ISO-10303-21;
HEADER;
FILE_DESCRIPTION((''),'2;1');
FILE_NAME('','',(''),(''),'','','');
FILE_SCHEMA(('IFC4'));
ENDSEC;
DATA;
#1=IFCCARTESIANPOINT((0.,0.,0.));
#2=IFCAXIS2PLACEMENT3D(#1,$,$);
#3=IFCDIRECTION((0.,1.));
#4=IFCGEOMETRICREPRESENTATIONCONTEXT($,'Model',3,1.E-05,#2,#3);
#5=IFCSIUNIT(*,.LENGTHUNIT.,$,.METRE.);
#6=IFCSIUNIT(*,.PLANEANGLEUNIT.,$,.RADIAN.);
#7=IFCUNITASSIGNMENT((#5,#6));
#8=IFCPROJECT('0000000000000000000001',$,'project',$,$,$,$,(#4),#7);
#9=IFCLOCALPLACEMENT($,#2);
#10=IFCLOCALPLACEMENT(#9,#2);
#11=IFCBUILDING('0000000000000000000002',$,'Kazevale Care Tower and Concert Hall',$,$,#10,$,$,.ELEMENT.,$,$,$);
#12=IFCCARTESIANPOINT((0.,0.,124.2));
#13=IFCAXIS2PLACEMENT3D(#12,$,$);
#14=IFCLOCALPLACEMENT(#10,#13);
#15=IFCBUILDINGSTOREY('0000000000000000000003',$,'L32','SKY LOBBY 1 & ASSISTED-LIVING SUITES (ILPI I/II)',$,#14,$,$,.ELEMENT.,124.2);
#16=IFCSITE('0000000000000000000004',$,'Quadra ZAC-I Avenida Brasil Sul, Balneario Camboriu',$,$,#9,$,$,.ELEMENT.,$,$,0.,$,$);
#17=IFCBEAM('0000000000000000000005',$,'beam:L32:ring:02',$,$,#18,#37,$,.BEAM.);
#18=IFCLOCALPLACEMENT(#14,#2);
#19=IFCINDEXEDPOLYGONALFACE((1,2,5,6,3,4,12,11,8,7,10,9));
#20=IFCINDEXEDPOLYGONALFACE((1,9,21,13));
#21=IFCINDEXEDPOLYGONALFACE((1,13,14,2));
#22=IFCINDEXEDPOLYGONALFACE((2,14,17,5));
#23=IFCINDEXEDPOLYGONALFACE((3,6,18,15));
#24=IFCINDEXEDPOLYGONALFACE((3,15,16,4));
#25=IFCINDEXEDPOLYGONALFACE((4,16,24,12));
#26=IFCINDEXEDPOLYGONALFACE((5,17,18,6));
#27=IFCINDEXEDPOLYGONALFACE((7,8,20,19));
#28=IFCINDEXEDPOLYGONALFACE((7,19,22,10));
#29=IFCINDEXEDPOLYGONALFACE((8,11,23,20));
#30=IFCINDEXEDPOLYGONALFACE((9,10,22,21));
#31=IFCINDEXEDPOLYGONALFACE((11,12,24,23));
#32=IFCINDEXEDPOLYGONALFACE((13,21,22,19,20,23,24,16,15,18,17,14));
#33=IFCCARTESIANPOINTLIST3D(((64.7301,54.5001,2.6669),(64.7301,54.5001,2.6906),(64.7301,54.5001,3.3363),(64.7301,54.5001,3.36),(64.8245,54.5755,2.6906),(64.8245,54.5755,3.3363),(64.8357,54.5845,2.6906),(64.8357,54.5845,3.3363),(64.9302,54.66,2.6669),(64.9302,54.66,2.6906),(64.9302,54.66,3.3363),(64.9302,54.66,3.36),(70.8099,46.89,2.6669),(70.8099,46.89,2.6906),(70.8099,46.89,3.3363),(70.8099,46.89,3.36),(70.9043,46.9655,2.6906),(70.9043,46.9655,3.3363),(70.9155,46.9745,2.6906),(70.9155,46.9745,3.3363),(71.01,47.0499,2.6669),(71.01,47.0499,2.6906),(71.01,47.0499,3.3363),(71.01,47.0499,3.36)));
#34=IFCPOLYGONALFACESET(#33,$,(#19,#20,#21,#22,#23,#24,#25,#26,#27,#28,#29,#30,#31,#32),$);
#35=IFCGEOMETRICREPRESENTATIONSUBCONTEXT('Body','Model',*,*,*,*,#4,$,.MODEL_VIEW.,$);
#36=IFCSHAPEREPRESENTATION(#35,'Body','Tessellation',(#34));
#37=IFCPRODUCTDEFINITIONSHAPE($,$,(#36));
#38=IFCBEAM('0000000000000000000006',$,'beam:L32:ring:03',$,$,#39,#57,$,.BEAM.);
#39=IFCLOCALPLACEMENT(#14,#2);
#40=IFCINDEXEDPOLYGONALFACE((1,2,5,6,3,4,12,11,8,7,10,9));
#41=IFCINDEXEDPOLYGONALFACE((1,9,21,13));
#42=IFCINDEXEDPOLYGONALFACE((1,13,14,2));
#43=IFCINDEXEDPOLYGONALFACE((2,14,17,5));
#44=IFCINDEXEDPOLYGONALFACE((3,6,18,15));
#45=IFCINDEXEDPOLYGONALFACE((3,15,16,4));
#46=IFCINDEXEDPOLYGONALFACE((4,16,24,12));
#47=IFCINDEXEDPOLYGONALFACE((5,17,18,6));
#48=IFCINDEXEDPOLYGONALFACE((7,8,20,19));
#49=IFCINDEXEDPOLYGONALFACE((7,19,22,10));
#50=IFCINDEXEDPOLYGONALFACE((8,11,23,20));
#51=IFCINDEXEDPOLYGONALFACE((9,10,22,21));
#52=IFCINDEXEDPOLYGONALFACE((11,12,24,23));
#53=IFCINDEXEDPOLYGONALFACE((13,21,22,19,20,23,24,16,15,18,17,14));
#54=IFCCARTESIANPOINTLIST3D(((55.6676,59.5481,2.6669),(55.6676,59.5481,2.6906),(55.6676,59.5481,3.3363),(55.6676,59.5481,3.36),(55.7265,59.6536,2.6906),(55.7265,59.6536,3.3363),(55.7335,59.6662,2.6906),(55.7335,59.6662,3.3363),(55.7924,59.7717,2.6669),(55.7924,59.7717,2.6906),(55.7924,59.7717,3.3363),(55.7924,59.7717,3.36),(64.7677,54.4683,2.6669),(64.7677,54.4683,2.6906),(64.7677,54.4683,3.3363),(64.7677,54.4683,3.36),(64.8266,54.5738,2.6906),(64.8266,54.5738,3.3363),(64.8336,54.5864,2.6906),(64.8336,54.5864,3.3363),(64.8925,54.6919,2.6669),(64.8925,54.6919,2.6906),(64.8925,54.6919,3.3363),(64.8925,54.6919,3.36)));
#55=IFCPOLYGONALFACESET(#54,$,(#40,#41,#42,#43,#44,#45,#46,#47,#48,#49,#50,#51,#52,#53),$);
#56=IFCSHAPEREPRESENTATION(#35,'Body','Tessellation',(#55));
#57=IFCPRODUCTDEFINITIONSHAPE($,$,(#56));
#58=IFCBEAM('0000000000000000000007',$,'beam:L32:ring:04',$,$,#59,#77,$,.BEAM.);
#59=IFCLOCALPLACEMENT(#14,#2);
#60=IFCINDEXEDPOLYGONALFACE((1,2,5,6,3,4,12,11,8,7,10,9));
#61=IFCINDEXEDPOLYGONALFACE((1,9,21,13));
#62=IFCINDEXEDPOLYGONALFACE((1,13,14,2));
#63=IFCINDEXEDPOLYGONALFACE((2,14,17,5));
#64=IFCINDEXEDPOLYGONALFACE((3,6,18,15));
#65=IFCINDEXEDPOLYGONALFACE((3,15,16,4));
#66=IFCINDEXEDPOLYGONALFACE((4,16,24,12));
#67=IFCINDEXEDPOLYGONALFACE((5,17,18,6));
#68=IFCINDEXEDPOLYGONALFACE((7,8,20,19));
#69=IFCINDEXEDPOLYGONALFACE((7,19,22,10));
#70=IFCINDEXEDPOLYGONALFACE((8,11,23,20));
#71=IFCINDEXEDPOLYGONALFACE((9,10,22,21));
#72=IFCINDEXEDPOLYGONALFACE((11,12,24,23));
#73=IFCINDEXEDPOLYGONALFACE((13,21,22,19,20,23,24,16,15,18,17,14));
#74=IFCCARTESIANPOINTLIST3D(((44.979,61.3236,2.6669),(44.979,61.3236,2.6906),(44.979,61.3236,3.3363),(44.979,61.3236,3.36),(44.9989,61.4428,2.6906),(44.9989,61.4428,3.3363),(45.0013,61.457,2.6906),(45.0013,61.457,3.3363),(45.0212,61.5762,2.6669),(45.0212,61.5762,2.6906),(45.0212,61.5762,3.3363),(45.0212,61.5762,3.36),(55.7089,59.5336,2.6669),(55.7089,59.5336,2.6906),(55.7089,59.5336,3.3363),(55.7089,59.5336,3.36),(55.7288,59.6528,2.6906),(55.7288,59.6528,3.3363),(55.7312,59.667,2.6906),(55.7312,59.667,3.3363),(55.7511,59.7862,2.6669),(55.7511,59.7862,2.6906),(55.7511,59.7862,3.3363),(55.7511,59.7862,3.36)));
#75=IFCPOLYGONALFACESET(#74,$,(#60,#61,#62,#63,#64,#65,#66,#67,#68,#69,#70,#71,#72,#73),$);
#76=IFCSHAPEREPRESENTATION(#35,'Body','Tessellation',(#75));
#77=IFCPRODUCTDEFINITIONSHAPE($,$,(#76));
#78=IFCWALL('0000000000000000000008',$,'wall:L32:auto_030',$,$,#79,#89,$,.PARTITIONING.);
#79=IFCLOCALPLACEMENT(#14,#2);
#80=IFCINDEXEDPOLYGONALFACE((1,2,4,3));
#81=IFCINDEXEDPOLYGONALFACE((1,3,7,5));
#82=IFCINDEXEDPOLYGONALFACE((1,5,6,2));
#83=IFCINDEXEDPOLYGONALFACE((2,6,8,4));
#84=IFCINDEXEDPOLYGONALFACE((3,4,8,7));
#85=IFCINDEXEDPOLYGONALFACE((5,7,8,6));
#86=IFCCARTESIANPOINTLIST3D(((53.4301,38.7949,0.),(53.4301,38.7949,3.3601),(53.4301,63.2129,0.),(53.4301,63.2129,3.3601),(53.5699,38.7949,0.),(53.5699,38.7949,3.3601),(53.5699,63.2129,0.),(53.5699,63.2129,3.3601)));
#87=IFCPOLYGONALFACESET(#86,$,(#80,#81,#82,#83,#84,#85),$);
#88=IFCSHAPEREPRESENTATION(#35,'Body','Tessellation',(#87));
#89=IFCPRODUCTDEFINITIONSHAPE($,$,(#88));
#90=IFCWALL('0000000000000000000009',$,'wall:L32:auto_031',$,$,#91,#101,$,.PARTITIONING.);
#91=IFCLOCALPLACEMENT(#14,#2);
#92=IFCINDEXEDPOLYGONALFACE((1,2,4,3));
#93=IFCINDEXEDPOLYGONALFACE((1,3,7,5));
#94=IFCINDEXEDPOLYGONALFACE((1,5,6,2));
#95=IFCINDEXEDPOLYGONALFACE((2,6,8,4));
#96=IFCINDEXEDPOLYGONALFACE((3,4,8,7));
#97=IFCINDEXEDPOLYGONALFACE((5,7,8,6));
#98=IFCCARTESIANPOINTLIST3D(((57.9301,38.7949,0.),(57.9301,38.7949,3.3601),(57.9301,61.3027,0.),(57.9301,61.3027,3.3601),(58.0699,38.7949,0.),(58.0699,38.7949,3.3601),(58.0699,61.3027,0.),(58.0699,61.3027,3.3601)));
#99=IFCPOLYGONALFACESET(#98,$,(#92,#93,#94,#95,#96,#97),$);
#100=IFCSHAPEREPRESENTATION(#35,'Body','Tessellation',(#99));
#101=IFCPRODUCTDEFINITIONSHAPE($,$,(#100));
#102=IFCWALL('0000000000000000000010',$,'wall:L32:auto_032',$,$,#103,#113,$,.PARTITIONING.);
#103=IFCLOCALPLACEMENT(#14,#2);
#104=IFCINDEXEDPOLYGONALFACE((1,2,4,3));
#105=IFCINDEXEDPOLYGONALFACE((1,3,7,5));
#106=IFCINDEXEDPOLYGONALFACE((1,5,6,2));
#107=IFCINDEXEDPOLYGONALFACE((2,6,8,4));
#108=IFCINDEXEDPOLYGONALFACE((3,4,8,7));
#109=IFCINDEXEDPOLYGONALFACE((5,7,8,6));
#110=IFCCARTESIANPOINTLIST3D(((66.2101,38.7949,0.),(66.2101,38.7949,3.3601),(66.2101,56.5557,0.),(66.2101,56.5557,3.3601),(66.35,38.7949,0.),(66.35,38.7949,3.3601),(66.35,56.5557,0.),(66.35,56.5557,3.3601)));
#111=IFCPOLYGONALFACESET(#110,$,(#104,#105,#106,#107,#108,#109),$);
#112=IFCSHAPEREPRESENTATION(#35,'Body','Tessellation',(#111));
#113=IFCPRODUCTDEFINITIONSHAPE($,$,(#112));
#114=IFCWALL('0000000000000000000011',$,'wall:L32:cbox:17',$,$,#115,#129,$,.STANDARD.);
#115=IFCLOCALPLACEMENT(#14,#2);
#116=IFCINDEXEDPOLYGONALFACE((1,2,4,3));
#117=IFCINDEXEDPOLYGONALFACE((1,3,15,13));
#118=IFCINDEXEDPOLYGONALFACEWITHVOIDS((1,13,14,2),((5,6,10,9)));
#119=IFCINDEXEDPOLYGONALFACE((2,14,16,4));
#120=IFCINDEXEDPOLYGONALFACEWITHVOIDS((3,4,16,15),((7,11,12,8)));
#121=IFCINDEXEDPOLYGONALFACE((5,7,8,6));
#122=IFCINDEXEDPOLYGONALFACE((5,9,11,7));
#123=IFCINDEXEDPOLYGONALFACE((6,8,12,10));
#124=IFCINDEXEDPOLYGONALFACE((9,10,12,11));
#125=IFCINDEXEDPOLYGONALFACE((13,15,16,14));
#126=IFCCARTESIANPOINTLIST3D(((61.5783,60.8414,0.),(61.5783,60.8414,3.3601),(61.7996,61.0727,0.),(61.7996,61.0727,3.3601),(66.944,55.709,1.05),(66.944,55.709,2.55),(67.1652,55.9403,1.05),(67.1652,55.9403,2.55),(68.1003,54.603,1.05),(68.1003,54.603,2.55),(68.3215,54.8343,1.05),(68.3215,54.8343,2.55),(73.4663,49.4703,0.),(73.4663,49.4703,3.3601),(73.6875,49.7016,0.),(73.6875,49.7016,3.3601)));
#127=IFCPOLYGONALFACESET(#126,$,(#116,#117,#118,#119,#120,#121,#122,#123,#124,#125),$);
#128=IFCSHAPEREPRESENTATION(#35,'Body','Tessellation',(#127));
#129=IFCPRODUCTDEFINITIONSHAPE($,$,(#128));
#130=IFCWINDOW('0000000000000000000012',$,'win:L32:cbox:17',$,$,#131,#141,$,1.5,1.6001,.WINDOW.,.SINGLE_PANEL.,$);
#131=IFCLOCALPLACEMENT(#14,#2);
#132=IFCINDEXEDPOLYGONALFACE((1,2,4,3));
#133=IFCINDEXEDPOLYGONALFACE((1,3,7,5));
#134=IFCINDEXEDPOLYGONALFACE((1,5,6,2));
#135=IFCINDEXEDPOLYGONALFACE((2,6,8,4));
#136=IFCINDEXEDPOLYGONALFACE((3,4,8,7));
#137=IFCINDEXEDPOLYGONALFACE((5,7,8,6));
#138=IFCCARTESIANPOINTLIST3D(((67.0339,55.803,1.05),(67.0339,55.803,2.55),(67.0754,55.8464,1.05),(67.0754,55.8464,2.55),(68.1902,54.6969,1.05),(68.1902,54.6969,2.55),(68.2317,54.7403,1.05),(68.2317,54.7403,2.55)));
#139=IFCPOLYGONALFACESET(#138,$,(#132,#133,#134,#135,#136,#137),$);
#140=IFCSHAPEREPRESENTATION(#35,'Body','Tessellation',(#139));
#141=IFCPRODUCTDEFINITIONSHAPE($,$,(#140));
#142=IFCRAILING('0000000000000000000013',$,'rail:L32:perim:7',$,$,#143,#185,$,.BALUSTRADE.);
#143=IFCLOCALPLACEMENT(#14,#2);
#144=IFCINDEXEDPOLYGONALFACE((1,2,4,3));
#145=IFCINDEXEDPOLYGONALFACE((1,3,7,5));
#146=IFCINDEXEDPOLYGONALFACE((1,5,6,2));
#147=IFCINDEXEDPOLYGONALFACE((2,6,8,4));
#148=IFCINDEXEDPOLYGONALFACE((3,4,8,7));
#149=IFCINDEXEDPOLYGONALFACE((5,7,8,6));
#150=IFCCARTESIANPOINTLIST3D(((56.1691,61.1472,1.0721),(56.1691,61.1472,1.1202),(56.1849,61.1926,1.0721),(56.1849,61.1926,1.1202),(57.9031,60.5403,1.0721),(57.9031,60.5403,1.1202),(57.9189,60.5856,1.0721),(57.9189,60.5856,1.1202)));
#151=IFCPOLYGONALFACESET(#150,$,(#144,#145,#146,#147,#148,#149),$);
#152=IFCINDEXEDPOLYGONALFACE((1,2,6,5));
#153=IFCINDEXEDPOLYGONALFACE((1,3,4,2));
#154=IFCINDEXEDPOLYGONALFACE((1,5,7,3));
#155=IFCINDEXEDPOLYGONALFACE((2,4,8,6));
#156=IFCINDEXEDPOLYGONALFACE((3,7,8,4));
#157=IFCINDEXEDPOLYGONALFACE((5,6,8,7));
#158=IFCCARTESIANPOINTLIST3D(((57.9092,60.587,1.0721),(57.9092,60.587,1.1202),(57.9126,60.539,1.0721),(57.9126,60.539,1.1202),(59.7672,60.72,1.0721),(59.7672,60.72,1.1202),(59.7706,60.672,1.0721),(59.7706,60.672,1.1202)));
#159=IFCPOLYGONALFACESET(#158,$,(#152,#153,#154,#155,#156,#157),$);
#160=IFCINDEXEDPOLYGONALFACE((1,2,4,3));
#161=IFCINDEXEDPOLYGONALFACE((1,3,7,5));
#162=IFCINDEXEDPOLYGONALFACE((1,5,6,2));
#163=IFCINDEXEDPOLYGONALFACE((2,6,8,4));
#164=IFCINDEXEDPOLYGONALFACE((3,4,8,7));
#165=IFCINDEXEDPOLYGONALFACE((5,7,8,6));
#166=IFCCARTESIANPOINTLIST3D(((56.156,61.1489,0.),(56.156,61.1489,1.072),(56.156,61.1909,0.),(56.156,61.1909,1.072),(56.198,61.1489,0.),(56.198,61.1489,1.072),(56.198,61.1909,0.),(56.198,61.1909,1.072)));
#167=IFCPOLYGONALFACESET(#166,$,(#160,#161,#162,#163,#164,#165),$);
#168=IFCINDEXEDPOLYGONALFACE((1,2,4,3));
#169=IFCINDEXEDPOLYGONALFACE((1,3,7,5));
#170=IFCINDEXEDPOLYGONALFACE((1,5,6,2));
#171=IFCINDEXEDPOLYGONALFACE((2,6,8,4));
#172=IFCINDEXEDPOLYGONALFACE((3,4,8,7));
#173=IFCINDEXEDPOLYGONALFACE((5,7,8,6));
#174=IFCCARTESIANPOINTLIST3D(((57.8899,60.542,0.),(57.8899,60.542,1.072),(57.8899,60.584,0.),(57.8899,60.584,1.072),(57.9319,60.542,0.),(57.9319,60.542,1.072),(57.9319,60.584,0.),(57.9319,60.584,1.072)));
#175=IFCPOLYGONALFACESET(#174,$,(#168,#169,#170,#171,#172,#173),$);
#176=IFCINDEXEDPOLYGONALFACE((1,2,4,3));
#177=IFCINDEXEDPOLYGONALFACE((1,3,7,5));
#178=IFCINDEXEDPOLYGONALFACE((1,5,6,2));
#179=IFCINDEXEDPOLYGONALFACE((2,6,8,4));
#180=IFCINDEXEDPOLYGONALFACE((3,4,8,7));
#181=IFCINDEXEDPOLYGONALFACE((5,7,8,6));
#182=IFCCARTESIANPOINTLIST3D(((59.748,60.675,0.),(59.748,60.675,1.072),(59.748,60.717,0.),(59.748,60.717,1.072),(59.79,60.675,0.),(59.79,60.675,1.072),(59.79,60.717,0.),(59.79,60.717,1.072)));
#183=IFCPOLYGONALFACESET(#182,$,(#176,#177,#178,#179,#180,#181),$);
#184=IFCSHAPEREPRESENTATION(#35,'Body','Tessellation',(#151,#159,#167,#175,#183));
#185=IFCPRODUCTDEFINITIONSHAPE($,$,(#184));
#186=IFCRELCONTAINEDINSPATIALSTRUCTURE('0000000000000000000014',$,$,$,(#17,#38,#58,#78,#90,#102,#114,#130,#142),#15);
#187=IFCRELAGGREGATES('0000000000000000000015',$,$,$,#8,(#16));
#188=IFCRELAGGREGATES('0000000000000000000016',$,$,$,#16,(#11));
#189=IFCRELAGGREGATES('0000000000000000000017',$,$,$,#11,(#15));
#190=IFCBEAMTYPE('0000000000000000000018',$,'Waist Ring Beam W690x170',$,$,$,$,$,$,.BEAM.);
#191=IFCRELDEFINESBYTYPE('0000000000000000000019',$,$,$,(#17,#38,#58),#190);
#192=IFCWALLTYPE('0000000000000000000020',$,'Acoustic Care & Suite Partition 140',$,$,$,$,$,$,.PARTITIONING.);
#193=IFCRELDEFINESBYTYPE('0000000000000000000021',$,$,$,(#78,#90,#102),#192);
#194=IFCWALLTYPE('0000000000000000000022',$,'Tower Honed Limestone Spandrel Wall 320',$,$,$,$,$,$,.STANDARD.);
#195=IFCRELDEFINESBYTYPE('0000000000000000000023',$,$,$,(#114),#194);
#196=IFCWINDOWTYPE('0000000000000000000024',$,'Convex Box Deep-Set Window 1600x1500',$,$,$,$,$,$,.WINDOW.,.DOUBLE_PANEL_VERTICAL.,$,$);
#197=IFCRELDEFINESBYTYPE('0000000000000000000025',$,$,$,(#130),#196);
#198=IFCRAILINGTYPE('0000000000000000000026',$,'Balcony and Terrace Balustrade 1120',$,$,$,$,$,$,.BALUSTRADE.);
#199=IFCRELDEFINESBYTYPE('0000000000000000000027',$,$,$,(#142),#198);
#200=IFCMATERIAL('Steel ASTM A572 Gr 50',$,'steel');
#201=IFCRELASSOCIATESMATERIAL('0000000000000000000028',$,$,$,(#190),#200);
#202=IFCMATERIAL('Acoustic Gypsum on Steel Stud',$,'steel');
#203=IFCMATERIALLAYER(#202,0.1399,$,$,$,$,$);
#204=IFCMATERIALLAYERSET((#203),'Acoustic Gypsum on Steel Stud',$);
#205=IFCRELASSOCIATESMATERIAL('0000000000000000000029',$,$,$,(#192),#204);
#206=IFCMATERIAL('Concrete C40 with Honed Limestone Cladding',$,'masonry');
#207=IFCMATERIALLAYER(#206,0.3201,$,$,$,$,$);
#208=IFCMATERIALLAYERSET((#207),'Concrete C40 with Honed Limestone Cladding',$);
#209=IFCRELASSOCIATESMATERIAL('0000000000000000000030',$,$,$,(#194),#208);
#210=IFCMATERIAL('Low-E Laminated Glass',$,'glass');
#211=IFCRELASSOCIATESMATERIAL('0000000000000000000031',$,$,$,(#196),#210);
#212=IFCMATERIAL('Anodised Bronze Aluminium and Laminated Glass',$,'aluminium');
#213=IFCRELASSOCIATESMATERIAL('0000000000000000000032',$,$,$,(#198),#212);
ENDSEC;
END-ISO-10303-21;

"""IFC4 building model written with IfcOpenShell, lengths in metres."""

from ifc_helpers import new_model, si_unit, direction, frame, frame_2d, origin, origin_2d, place, context, subcontext, project, spatial, rectangle, i_section, extrude, material, layer, layer_set, material_profile, profile_set, type_object, element, fill, save


model = new_model("IFC4")

# Units and contexts
model_context = context("Model", 3, precision=1e-05, world=origin(), true_north=direction((0.0, 1.0)))
body_context = subcontext(model_context, "Body", "Model", "MODEL_VIEW")
ifc_project = project(units=[si_unit("LENGTHUNIT", "METRE"), si_unit("PLANEANGLEUNIT", "RADIAN")], contexts=[model_context])

# Site, building, storey
site_placement = place(None, origin())
site = spatial("IfcSite", under=ifc_project, at=site_placement, Name="Quadra ZAC-I Avenida Brasil Sul, Balneario Camboriu", CompositionType="ELEMENT", RefElevation=0.0)
building_placement = place(site_placement, origin())
building = spatial("IfcBuilding", under=site, at=building_placement, Name="Kazevale Care Tower and Concert Hall", CompositionType="ELEMENT")
storey_placement = place(building_placement, frame((0.0, 0.0, 124.2)))
storey = spatial("IfcBuildingStorey", under=building, at=storey_placement, Name="L32", Description="SKY LOBBY 1 & ASSISTED-LIVING SUITES (ILPI I/II)", CompositionType="ELEMENT", Elevation=124.2)

# Beams
ifc_material_1 = material(Name="Steel ASTM A572 Gr 50", Category="steel")
ifc_material_profile_1 = material_profile(ifc_material_1, i_section(OverallWidth=0.2561, OverallDepth=0.6931, WebThickness=0.0144, FlangeThickness=0.0237, at=origin_2d()), Name="W690x170")
ifc_profile_set_1 = profile_set([ifc_material_profile_1], Name="Steel ASTM A572 Gr 50")
beam_type = type_object("IfcBeamType", Name="Waist Ring Beam W690x170", PredefinedType="BEAM", material=ifc_profile_set_1)
beam_1_placement = place(storey_placement, frame((70.9099, 46.97, 3.0134), z_axis=(-0.624178, 0.781282, 0.0), x_axis=(-0.781282, -0.624178, 0.0)))
element("IfcBeam", 1, at=beam_1_placement, inside=storey, type_object=beam_type, Name="beam:L32:ring:02", PredefinedType="BEAM", context=body_context, shape_type="SweptSolid", body=[
    extrude(i_section(OverallWidth=0.2561, OverallDepth=0.6931, WebThickness=0.0144, FlangeThickness=0.0237, at=origin_2d()), origin(), (0.0, 0.0, 1.0), 9.7405),
])
beam_2_placement = place(storey_placement, frame((64.8301, 54.5801, 3.0134), z_axis=(-0.873169, 0.487418, 0.0), x_axis=(-0.487418, -0.873169, 0.0)))
element("IfcBeam", 2, at=beam_2_placement, inside=storey, type_object=beam_type, Name="beam:L32:ring:03", PredefinedType="BEAM", context=body_context, shape_type="SweptSolid", body=[
    extrude(i_section(OverallWidth=0.2561, OverallDepth=0.6931, WebThickness=0.0144, FlangeThickness=0.0237, at=origin_2d()), origin(), (0.0, 0.0, 1.0), 10.4219),
])
beam_3_placement = place(storey_placement, frame((55.73, 59.6599, 3.0134), z_axis=(-0.986368, 0.164552, 0.0), x_axis=(-0.164552, -0.986368, 0.0)))
element("IfcBeam", 3, at=beam_3_placement, inside=storey, type_object=beam_type, Name="beam:L32:ring:04", PredefinedType="BEAM", context=body_context, shape_type="SweptSolid", body=[
    extrude(i_section(OverallWidth=0.2561, OverallDepth=0.6931, WebThickness=0.0144, FlangeThickness=0.0237, at=origin_2d()), origin(), (0.0, 0.0, 1.0), 10.8782),
])

# Walls
ifc_material_2 = material(Name="Acoustic Gypsum on Steel Stud", Category="steel")
ifc_layer_1 = layer(ifc_material_2, 0.1399)
ifc_layer_set_1 = layer_set([ifc_layer_1], Name="Acoustic Gypsum on Steel Stud")
wall_type_1 = type_object("IfcWallType", Name="Acoustic Care & Suite Partition 140", PredefinedType="PARTITIONING", material=ifc_layer_set_1)
wall_1_placement = place(storey_placement, frame((53.5, 63.2129, 0.0), z_axis=(0.0, 0.0, 1.0), x_axis=(0.0, -1.0, 0.0)))
element("IfcWall", 4, at=wall_1_placement, inside=storey, type_object=wall_type_1, Name="wall:L32:auto_030", PredefinedType="PARTITIONING", context=body_context, shape_type="SweptSolid", body=[
    extrude(rectangle(XDim=24.418, YDim=0.1399, at=frame_2d((12.209, 0.0))), origin(), (0.0, 0.0, 1.0), 3.3601),
])
wall_2_placement = place(storey_placement, frame((58.0, 61.3027, 0.0), z_axis=(0.0, 0.0, 1.0), x_axis=(0.0, -1.0, 0.0)))
element("IfcWall", 5, at=wall_2_placement, inside=storey, type_object=wall_type_1, Name="wall:L32:auto_031", PredefinedType="PARTITIONING", context=body_context, shape_type="SweptSolid", body=[
    extrude(rectangle(XDim=22.5078, YDim=0.1399, at=frame_2d((11.2539, 0.0))), origin(), (0.0, 0.0, 1.0), 3.3601),
])
wall_3_placement = place(storey_placement, frame((66.28, 56.5557, 0.0), z_axis=(0.0, 0.0, 1.0), x_axis=(0.0, -1.0, 0.0)))
element("IfcWall", 6, at=wall_3_placement, inside=storey, type_object=wall_type_1, Name="wall:L32:auto_032", PredefinedType="PARTITIONING", context=body_context, shape_type="SweptSolid", body=[
    extrude(rectangle(XDim=17.7607, YDim=0.1399, at=frame_2d((8.8804, 0.0))), origin(), (0.0, 0.0, 1.0), 3.3601),
])

# Wall, opening, window
ifc_material_3 = material(Name="Concrete C40 with Honed Limestone Cladding", Category="masonry")
ifc_layer_2 = layer(ifc_material_3, 0.3201)
ifc_layer_set_2 = layer_set([ifc_layer_2], Name="Concrete C40 with Honed Limestone Cladding")
wall_type_2 = type_object("IfcWallType", Name="Tower Honed Limestone Spandrel Wall 320", PredefinedType="STANDARD", material=ifc_layer_set_2)
wall_4_placement = place(storey_placement, frame((61.689, 60.957, 0.0), z_axis=(0.0, 0.0, 1.0), x_axis=(0.722641, -0.691223, 0.0)))
wall_4 = element("IfcWall", 7, at=wall_4_placement, inside=storey, type_object=wall_type_2, Name="wall:L32:cbox:17", PredefinedType="STANDARD", context=body_context, shape_type="SweptSolid", body=[
    extrude(rectangle(XDim=16.4507, YDim=0.3201, at=frame_2d((8.2253, 0.0))), origin(), (0.0, 0.0, 1.0), 3.3601),
])
opening_placement = place(wall_4_placement, frame((7.425, 0.0, 1.05)))
opening = element("IfcOpeningElement", 8, at=opening_placement, cuts=wall_4, PredefinedType="OPENING", context=body_context, shape_type="SweptSolid", body=[
    extrude(rectangle(XDim=1.6001, YDim=1.5, at=frame_2d((0.8, 0.75))), frame((0.0, 0.1699, 0.0), z_axis=(0.0, -1.0, 0.0), x_axis=(1.0, 0.0, 0.0)), (0.0, 0.0, 1.0), 0.3401),
])
ifc_material_4 = material(Name="Low-E Laminated Glass", Category="glass")
window_type = type_object("IfcWindowType", Name="Convex Box Deep-Set Window 1600x1500", PartitioningType="DOUBLE_PANEL_VERTICAL", PredefinedType="WINDOW", material=ifc_material_4)
window_placement = place(opening_placement, origin())
window = element("IfcWindow", 9, at=window_placement, inside=storey, type_object=window_type, Name="win:L32:cbox:17", OverallHeight=1.5, OverallWidth=1.6001, PartitioningType="SINGLE_PANEL", PredefinedType="WINDOW", context=body_context, shape_type="SweptSolid", body=[
    extrude(rectangle(XDim=1.6001, YDim=1.5, at=frame_2d((0.8, 0.75))), frame((0.0, 0.03, 0.0), z_axis=(0.0, -1.0, 0.0), x_axis=(1.0, 0.0, 0.0)), (0.0, 0.0, 1.0), 0.0601),
])
fill(opening, window)

# Railing
ifc_material_5 = material(Name="Anodised Bronze Aluminium and Laminated Glass", Category="aluminium")
railing_type = type_object("IfcRailingType", Name="Balcony and Terrace Balustrade 1120", PredefinedType="BALUSTRADE", material=ifc_material_5)
railing_1_placement = place(storey_placement, frame((56.177, 61.1699, 0.0)))
element("IfcRailing", 10, at=railing_1_placement, inside=storey, type_object=railing_type, Name="rail:L32:perim:7", PredefinedType="BALUSTRADE", context=body_context, shape_type="SweptSolid", body=[
    extrude(rectangle(XDim=0.0481, YDim=0.0481, at=origin_2d()), frame((0.0, 0.0, 1.0962), z_axis=(0.943846, -0.330386, 0.0), x_axis=(0.330386, 0.943846, 0.0)), (0.0, 0.0, 1.0), 1.8372),
    extrude(rectangle(XDim=0.0481, YDim=0.0481, at=origin_2d()), frame((1.7339, -0.6069, 1.0962), z_axis=(0.997446, 0.071424, 0.0), x_axis=(-0.071424, 0.997446, 0.0)), (0.0, 0.0, 1.0), 1.8628),
    extrude(rectangle(XDim=0.042, YDim=0.042, at=origin_2d()), origin(), (0.0, 0.0, 1.0), 1.072),
    extrude(rectangle(XDim=0.042, YDim=0.042, at=origin_2d()), frame((1.7339, -0.6069, 0.0)), (0.0, 0.0, 1.0), 1.072),
    extrude(rectangle(XDim=0.042, YDim=0.042, at=origin_2d()), frame((3.592, -0.4739, 0.0)), (0.0, 0.0, 1.0), 1.072),
])

save(model, "model.ifc")
